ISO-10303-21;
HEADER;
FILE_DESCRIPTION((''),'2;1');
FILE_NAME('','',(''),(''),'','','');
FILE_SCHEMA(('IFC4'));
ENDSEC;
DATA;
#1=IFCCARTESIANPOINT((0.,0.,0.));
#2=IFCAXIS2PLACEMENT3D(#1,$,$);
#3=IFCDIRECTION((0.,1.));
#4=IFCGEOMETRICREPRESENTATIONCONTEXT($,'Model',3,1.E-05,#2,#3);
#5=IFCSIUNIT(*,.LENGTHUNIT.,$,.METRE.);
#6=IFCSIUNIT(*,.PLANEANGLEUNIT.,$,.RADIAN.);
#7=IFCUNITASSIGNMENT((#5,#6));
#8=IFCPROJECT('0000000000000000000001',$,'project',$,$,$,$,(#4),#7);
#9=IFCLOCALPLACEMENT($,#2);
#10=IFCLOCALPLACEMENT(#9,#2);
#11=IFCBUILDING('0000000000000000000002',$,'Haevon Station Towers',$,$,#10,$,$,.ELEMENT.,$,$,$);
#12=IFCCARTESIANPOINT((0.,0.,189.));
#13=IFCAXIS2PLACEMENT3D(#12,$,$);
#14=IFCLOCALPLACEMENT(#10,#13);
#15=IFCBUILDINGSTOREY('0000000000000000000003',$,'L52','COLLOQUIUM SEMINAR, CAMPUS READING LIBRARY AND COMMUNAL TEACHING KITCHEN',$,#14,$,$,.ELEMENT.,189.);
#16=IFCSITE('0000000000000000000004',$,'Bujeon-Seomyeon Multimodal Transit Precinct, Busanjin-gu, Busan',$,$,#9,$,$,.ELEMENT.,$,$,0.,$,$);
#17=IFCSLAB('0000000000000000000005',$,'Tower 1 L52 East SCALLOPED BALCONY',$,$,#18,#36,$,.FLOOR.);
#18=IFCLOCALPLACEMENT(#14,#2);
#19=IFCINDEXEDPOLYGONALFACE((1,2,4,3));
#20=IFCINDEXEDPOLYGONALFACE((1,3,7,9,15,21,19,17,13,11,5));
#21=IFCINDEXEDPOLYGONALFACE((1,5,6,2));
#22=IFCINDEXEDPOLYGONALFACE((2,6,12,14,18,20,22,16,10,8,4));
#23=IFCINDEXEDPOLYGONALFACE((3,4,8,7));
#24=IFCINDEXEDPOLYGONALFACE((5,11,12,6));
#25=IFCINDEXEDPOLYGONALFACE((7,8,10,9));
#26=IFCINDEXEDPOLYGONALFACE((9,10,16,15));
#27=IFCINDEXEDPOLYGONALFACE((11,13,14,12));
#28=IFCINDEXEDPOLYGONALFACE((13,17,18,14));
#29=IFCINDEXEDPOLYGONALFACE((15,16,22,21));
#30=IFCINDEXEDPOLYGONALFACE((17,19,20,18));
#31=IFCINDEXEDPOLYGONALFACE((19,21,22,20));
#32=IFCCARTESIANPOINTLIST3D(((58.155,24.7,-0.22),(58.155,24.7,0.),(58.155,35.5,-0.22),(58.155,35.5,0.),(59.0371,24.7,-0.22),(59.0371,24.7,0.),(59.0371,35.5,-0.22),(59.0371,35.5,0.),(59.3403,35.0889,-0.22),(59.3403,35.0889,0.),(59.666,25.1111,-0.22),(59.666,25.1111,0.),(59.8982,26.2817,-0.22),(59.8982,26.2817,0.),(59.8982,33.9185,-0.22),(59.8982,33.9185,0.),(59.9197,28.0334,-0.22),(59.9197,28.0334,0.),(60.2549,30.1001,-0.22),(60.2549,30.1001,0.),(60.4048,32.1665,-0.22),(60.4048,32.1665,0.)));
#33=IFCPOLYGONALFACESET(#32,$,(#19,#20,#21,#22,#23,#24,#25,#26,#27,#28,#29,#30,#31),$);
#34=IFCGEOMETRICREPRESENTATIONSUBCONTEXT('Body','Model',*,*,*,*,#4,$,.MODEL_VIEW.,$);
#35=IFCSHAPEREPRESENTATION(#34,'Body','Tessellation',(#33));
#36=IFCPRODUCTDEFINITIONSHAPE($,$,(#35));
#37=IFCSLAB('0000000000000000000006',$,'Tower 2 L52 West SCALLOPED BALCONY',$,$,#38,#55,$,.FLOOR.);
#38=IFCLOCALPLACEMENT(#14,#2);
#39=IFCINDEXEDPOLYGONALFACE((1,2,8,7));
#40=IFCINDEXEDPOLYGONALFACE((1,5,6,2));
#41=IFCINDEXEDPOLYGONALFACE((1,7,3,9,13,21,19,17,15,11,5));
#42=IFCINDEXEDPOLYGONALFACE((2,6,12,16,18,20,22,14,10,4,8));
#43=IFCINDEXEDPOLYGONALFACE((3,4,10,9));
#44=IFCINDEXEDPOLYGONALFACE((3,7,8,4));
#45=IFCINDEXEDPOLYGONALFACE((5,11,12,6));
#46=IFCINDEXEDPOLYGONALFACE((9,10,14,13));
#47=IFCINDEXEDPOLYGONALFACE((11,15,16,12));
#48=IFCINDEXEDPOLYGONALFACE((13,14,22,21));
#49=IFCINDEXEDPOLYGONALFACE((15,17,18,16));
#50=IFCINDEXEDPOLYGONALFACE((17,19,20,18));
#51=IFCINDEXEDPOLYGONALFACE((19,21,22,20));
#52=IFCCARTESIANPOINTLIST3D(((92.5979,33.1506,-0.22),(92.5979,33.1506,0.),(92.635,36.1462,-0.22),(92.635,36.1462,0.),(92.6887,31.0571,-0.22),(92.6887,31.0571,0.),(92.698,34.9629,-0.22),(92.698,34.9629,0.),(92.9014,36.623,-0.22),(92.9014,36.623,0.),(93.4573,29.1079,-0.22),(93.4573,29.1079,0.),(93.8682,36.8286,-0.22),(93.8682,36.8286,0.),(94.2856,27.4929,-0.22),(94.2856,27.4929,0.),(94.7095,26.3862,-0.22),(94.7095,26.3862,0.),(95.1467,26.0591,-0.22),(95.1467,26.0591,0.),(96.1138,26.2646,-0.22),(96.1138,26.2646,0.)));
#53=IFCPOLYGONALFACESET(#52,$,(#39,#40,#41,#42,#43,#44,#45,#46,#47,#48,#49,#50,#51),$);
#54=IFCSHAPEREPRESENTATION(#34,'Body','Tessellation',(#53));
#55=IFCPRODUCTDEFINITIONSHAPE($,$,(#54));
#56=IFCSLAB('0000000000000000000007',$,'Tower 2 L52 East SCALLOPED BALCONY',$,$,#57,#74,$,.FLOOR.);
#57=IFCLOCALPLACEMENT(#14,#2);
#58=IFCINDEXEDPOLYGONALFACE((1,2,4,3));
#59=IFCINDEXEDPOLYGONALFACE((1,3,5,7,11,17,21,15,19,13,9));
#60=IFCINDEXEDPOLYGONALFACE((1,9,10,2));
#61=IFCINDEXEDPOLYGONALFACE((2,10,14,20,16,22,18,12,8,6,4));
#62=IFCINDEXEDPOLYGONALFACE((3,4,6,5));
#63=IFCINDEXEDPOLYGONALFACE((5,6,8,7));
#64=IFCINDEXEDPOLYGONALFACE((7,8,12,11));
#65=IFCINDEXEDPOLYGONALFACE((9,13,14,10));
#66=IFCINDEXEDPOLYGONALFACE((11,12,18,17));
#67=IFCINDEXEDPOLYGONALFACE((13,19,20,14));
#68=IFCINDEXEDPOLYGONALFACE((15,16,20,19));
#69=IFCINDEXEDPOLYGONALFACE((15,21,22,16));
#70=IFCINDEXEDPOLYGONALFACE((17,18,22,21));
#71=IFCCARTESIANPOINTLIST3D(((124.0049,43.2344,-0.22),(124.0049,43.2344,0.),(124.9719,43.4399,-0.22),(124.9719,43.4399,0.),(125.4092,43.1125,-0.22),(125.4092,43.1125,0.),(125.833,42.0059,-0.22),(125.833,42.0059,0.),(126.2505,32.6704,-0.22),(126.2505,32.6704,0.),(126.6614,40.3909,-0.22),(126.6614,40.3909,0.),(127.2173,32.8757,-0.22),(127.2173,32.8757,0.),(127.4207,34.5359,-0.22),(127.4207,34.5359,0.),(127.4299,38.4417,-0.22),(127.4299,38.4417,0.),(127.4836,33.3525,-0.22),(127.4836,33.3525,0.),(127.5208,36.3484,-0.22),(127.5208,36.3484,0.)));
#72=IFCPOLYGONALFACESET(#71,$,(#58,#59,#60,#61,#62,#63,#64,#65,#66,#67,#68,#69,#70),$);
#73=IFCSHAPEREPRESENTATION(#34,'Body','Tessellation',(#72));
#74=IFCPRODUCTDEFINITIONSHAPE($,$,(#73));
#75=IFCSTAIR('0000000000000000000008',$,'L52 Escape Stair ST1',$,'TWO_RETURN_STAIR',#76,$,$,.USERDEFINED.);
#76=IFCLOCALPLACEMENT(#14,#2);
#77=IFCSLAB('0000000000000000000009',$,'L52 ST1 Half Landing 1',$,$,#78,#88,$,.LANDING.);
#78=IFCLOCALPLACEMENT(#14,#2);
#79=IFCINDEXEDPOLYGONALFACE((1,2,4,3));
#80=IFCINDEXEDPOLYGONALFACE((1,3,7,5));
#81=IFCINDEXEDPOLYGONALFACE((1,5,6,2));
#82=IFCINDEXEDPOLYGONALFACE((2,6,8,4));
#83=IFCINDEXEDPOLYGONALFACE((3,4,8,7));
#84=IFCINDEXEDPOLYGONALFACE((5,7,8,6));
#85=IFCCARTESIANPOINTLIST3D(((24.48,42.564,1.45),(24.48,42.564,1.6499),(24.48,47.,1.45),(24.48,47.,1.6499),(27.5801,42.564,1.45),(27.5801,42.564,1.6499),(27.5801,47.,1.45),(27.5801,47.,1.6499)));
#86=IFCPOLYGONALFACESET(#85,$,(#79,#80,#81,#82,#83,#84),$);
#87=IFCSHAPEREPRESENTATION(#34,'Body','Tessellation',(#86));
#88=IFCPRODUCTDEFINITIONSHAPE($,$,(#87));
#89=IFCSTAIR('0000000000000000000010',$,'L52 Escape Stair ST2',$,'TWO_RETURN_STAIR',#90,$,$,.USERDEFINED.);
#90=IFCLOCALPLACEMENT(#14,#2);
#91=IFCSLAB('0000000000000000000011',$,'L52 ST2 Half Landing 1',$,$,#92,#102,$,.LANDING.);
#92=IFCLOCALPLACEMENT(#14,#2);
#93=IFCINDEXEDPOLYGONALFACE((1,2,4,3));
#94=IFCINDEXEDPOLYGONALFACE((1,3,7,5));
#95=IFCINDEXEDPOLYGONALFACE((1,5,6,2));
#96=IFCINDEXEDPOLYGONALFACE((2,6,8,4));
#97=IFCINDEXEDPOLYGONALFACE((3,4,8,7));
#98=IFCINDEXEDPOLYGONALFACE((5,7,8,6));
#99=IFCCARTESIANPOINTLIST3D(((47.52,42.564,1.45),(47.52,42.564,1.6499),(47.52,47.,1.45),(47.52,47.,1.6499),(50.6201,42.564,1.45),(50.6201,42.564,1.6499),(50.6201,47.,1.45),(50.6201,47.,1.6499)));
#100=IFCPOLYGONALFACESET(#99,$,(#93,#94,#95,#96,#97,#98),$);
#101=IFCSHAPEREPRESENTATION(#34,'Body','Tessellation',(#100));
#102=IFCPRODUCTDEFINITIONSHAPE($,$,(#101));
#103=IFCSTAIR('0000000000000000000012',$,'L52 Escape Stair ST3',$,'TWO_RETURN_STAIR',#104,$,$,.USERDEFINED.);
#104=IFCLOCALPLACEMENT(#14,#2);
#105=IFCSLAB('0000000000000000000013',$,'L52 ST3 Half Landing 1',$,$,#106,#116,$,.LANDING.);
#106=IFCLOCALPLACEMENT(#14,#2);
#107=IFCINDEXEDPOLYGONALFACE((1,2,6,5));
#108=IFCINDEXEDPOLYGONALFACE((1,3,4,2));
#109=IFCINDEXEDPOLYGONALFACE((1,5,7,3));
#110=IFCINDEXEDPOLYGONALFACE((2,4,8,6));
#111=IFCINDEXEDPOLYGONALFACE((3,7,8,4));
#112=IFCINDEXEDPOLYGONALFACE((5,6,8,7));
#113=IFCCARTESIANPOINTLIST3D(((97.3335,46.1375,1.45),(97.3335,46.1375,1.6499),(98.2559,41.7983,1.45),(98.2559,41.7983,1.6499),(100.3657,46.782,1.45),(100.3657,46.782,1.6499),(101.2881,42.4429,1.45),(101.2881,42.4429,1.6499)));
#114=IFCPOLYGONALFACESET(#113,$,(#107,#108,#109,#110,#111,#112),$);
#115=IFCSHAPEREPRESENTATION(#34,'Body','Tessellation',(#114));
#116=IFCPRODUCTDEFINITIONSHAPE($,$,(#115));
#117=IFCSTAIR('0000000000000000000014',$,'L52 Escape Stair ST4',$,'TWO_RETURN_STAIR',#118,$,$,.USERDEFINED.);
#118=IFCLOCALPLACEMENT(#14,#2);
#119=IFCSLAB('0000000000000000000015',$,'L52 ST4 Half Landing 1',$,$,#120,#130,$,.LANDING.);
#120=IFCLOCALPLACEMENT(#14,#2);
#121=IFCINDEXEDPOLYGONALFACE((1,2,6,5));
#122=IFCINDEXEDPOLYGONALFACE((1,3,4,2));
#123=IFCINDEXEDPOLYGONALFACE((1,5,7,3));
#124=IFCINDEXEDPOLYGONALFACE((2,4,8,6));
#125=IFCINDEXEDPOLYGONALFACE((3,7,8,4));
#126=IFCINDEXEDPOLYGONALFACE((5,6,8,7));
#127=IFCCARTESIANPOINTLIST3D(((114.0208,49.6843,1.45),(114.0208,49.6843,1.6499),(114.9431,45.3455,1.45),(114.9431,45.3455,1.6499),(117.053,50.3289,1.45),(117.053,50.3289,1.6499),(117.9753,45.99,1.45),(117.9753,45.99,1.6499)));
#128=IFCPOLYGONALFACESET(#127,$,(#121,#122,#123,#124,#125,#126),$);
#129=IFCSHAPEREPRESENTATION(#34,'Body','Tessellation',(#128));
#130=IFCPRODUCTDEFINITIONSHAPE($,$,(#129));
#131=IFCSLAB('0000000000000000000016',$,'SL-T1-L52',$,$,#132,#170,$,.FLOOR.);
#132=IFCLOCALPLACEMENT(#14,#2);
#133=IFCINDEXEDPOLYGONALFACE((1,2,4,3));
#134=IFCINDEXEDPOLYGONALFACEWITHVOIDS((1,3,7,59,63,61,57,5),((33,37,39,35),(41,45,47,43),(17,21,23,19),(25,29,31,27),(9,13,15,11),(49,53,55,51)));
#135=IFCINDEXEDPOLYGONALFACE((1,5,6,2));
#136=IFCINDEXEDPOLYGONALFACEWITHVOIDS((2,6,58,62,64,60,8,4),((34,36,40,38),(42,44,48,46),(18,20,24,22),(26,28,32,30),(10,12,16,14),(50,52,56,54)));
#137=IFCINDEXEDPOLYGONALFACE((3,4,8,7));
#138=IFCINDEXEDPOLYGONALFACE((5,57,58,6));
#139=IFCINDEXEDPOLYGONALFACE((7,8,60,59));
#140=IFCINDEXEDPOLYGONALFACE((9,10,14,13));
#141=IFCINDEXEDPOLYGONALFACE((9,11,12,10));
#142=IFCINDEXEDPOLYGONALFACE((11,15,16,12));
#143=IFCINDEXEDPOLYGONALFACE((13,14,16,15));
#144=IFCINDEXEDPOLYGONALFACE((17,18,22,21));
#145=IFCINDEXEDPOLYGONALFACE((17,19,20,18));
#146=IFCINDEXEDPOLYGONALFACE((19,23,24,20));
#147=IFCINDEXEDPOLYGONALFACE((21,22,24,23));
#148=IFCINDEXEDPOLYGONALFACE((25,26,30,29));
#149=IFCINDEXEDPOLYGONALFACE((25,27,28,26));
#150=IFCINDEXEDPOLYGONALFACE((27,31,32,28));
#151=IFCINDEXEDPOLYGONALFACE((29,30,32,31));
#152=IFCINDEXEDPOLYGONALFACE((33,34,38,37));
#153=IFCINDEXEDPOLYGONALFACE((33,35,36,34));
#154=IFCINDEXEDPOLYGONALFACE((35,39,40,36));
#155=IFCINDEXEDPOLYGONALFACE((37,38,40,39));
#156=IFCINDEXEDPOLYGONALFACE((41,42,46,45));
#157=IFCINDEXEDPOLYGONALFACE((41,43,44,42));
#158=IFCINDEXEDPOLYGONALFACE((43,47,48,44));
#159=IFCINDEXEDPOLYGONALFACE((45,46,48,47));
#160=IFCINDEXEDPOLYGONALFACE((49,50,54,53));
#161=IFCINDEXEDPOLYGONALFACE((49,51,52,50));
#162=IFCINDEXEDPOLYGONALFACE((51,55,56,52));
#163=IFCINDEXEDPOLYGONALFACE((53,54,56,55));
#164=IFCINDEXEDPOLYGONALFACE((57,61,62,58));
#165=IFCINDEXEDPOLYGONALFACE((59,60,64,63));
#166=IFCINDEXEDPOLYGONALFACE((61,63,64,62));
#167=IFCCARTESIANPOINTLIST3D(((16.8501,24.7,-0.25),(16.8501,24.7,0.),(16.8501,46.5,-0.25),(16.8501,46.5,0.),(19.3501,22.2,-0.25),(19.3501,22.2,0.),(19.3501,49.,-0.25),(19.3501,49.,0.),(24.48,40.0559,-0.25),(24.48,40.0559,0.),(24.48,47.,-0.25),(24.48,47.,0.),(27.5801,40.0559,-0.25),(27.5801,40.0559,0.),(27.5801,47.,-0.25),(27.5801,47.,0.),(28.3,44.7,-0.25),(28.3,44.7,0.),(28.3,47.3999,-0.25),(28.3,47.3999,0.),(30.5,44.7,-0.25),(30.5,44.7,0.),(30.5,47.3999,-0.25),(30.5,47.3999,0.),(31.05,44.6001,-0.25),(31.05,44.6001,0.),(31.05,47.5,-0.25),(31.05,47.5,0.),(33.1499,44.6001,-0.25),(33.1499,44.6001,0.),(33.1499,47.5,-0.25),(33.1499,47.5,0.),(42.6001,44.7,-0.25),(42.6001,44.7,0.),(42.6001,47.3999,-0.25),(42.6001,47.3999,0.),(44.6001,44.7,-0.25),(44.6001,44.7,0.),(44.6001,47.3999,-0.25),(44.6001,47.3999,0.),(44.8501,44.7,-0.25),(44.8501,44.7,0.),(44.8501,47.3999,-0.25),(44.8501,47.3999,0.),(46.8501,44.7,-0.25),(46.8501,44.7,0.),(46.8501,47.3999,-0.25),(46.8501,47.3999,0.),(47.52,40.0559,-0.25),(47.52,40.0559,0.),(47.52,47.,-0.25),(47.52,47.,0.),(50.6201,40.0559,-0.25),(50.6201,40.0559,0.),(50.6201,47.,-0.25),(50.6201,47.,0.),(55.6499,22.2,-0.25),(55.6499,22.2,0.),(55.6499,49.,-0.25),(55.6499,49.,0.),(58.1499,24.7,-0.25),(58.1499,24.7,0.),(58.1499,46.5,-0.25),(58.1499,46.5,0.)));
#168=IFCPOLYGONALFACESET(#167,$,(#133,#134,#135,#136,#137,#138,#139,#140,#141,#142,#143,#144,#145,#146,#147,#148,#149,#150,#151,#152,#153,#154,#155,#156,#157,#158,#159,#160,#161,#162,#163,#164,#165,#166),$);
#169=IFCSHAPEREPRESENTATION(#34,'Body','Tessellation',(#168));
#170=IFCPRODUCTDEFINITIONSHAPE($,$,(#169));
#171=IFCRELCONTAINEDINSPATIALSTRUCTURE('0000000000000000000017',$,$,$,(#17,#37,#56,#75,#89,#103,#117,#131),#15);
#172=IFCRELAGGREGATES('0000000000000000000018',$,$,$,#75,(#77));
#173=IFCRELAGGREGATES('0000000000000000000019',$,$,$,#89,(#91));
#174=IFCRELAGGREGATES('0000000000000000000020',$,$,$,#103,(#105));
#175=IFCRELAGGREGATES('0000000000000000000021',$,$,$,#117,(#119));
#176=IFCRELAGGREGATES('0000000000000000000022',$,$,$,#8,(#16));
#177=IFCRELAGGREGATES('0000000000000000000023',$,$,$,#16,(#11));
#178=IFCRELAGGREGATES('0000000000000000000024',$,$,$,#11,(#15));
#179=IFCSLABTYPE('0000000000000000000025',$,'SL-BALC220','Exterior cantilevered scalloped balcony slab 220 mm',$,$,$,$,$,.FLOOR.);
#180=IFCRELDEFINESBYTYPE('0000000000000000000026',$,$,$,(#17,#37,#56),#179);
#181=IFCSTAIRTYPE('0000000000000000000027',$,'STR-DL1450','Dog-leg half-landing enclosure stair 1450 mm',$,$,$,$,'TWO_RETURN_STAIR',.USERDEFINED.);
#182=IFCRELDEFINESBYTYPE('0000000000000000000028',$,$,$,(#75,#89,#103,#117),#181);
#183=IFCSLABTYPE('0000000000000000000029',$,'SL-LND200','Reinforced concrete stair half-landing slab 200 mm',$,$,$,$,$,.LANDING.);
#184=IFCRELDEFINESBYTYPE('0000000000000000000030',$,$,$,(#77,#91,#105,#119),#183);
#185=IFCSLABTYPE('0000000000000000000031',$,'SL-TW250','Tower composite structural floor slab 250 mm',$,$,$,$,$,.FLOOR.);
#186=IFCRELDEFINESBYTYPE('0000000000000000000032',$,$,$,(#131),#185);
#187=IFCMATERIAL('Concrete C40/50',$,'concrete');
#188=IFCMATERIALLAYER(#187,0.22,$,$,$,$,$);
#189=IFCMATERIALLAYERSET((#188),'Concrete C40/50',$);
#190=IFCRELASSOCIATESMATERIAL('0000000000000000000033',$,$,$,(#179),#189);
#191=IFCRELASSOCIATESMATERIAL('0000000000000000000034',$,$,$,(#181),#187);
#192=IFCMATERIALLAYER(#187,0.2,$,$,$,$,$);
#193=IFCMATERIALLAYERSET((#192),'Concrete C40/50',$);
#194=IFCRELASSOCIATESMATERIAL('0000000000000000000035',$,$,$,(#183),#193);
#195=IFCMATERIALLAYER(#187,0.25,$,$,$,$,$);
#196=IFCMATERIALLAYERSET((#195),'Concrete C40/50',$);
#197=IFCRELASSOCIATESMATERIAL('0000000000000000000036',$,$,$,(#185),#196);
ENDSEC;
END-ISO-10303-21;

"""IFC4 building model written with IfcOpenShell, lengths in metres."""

from ifc_helpers import new_model, si_unit, direction, frame, origin, place, context, subcontext, project, spatial, polyline, outline, extrude, material, layer, layer_set, type_object, element, aggregate, save


model = new_model("IFC4")

# Units and contexts
model_context = context("Model", 3, precision=1e-05, world=origin(), true_north=direction((0.0, 1.0)))
body_context = subcontext(model_context, "Body", "Model", "MODEL_VIEW")
ifc_project = project(units=[si_unit("LENGTHUNIT", "METRE"), si_unit("PLANEANGLEUNIT", "RADIAN")], contexts=[model_context])

# Site, building, storey
site_placement = place(None, origin())
site = spatial("IfcSite", under=ifc_project, at=site_placement, Name="Bujeon-Seomyeon Multimodal Transit Precinct, Busanjin-gu, Busan", CompositionType="ELEMENT", RefElevation=0.0)
building_placement = place(site_placement, origin())
building = spatial("IfcBuilding", under=site, at=building_placement, Name="Haevon Station Towers", CompositionType="ELEMENT")
storey_placement = place(building_placement, frame((0.0, 0.0, 189.0)))
storey = spatial("IfcBuildingStorey", under=building, at=storey_placement, Name="L52", Description="COLLOQUIUM SEMINAR, CAMPUS READING LIBRARY AND COMMUNAL TEACHING KITCHEN", CompositionType="ELEMENT", Elevation=189.0)

# Slabs
ifc_material_1 = material(Name="Concrete C40/50", Category="concrete")
ifc_layer_1 = layer(ifc_material_1, 0.22)
ifc_layer_set_1 = layer_set([ifc_layer_1], Name="Concrete C40/50")
slab_type_1 = type_object("IfcSlabType", Name="SL-BALC220", Description="Exterior cantilevered scalloped balcony slab 220 mm", PredefinedType="FLOOR", material=ifc_layer_set_1)
slab_1_placement = place(storey_placement, frame((0.0, 0.0, -0.22)))
element("IfcSlab", 1, at=slab_1_placement, inside=storey, type_object=slab_type_1, Name="Tower 1 L52 East SCALLOPED BALCONY", PredefinedType="FLOOR", context=body_context, shape_type="SweptSolid", body=[
    extrude(outline(polyline([(58.155, 24.7), (59.0371, 24.7), (59.666, 25.1111), (59.8982, 26.2817), (59.9197, 28.0334), (60.2549, 30.1001), (60.4048, 32.1665), (59.8982, 33.9185), (59.3403, 35.0889), (59.0371, 35.5), (58.155, 35.5), (58.155, 24.7)])), origin(), (0.0, 0.0, 1.0), 0.22),
])
slab_2_placement = place(storey_placement, frame((0.0, 0.0, -0.22)))
element("IfcSlab", 2, at=slab_2_placement, inside=storey, type_object=slab_type_1, Name="Tower 2 L52 West SCALLOPED BALCONY", PredefinedType="FLOOR", context=body_context, shape_type="SweptSolid", body=[
    extrude(outline(polyline([(93.8682, 36.8286), (92.9014, 36.623), (92.635, 36.1462), (92.698, 34.9629), (92.5979, 33.1506), (92.6887, 31.0571), (93.4573, 29.1079), (94.2856, 27.4929), (94.7095, 26.3862), (95.1467, 26.0591), (96.1138, 26.2646), (93.8682, 36.8286)])), origin(), (0.0, 0.0, 1.0), 0.22),
])
slab_3_placement = place(storey_placement, frame((0.0, 0.0, -0.22)))
element("IfcSlab", 3, at=slab_3_placement, inside=storey, type_object=slab_type_1, Name="Tower 2 L52 East SCALLOPED BALCONY", PredefinedType="FLOOR", context=body_context, shape_type="SweptSolid", body=[
    extrude(outline(polyline([(126.2505, 32.6704), (127.2173, 32.8757), (127.4836, 33.3525), (127.4207, 34.5359), (127.5208, 36.3484), (127.4299, 38.4417), (126.6614, 40.3909), (125.833, 42.0059), (125.4092, 43.1125), (124.9719, 43.4399), (124.0049, 43.2344), (126.2505, 32.6704)])), origin(), (0.0, 0.0, 1.0), 0.22),
])

# Stairs, slabs
stair_type = type_object("IfcStairType", Name="STR-DL1450", Description="Dog-leg half-landing enclosure stair 1450 mm", ElementType="TWO_RETURN_STAIR", PredefinedType="USERDEFINED", material=ifc_material_1)
stair_1_placement = place(storey_placement, origin())
stair_1 = element("IfcStair", 4, at=stair_1_placement, inside=storey, type_object=stair_type, Name="L52 Escape Stair ST1", ObjectType="TWO_RETURN_STAIR", PredefinedType="USERDEFINED")
ifc_layer_2 = layer(ifc_material_1, 0.2)
ifc_layer_set_2 = layer_set([ifc_layer_2], Name="Concrete C40/50")
slab_type_2 = type_object("IfcSlabType", Name="SL-LND200", Description="Reinforced concrete stair half-landing slab 200 mm", PredefinedType="LANDING", material=ifc_layer_set_2)
slab_4_placement = place(storey_placement, frame((0.0, 0.0, 1.45)))
slab_4 = element("IfcSlab", 5, at=slab_4_placement, type_object=slab_type_2, Name="L52 ST1 Half Landing 1", PredefinedType="LANDING", context=body_context, shape_type="SweptSolid", body=[
    extrude(outline(polyline([(27.5801, 42.564), (27.5801, 47.0), (24.48, 47.0), (24.48, 42.564), (27.5801, 42.564)])), origin(), (0.0, 0.0, 1.0), 0.2),
])
aggregate(stair_1, [slab_4])
stair_2_placement = place(storey_placement, origin())
stair_2 = element("IfcStair", 6, at=stair_2_placement, inside=storey, type_object=stair_type, Name="L52 Escape Stair ST2", ObjectType="TWO_RETURN_STAIR", PredefinedType="USERDEFINED")
slab_5_placement = place(storey_placement, frame((0.0, 0.0, 1.45)))
slab_5 = element("IfcSlab", 7, at=slab_5_placement, type_object=slab_type_2, Name="L52 ST2 Half Landing 1", PredefinedType="LANDING", context=body_context, shape_type="SweptSolid", body=[
    extrude(outline(polyline([(50.6201, 42.564), (50.6201, 47.0), (47.52, 47.0), (47.52, 42.564), (50.6201, 42.564)])), origin(), (0.0, 0.0, 1.0), 0.2),
])
aggregate(stair_2, [slab_5])
stair_3_placement = place(storey_placement, origin())
stair_3 = element("IfcStair", 8, at=stair_3_placement, inside=storey, type_object=stair_type, Name="L52 Escape Stair ST3", ObjectType="TWO_RETURN_STAIR", PredefinedType="USERDEFINED")
slab_6_placement = place(storey_placement, frame((0.0, 0.0, 1.45)))
slab_6 = element("IfcSlab", 9, at=slab_6_placement, type_object=slab_type_2, Name="L52 ST3 Half Landing 1", PredefinedType="LANDING", context=body_context, shape_type="SweptSolid", body=[
    extrude(outline(polyline([(101.2881, 42.4429), (100.3657, 46.782), (97.3335, 46.1375), (98.2559, 41.7983), (101.2881, 42.4429)])), origin(), (0.0, 0.0, 1.0), 0.2),
])
aggregate(stair_3, [slab_6])
stair_4_placement = place(storey_placement, origin())
stair_4 = element("IfcStair", 10, at=stair_4_placement, inside=storey, type_object=stair_type, Name="L52 Escape Stair ST4", ObjectType="TWO_RETURN_STAIR", PredefinedType="USERDEFINED")
slab_7_placement = place(storey_placement, frame((0.0, 0.0, 1.45)))
slab_7 = element("IfcSlab", 11, at=slab_7_placement, type_object=slab_type_2, Name="L52 ST4 Half Landing 1", PredefinedType="LANDING", context=body_context, shape_type="SweptSolid", body=[
    extrude(outline(polyline([(117.9753, 45.99), (117.053, 50.3289), (114.0208, 49.6843), (114.9431, 45.3455), (117.9753, 45.99)])), origin(), (0.0, 0.0, 1.0), 0.2),
])
aggregate(stair_4, [slab_7])

# Slab
ifc_layer_3 = layer(ifc_material_1, 0.25)
ifc_layer_set_3 = layer_set([ifc_layer_3], Name="Concrete C40/50")
slab_type_3 = type_object("IfcSlabType", Name="SL-TW250", Description="Tower composite structural floor slab 250 mm", PredefinedType="FLOOR", material=ifc_layer_set_3)
slab_8_placement = place(storey_placement, frame((0.0, 0.0, -0.25)))
element("IfcSlab", 12, at=slab_8_placement, inside=storey, type_object=slab_type_3, Name="SL-T1-L52", PredefinedType="FLOOR", context=body_context, shape_type="SweptSolid", body=[
    extrude(outline(polyline([(19.3501, 22.2), (55.6499, 22.2), (58.1499, 24.7), (58.1499, 46.5), (55.6499, 49.0), (19.3501, 49.0), (16.8501, 46.5), (16.8501, 24.7), (19.3501, 22.2)]), holes=[polyline([(27.5801, 40.0559), (27.5801, 47.0), (24.48, 47.0), (24.48, 40.0559), (27.5801, 40.0559)]), polyline([(50.6201, 40.0559), (50.6201, 47.0), (47.52, 47.0), (47.52, 40.0559), (50.6201, 40.0559)]), polyline([(28.3, 44.7), (30.5, 44.7), (30.5, 47.3999), (28.3, 47.3999), (28.3, 44.7)]), polyline([(31.05, 44.6001), (33.1499, 44.6001), (33.1499, 47.5), (31.05, 47.5), (31.05, 44.6001)]), polyline([(42.6001, 44.7), (44.6001, 44.7), (44.6001, 47.3999), (42.6001, 47.3999), (42.6001, 44.7)]), polyline([(44.8501, 44.7), (46.8501, 44.7), (46.8501, 47.3999), (44.8501, 47.3999), (44.8501, 44.7)])]), origin(), (0.0, 0.0, 1.0), 0.25),
])

save(model, "model.ifc")
